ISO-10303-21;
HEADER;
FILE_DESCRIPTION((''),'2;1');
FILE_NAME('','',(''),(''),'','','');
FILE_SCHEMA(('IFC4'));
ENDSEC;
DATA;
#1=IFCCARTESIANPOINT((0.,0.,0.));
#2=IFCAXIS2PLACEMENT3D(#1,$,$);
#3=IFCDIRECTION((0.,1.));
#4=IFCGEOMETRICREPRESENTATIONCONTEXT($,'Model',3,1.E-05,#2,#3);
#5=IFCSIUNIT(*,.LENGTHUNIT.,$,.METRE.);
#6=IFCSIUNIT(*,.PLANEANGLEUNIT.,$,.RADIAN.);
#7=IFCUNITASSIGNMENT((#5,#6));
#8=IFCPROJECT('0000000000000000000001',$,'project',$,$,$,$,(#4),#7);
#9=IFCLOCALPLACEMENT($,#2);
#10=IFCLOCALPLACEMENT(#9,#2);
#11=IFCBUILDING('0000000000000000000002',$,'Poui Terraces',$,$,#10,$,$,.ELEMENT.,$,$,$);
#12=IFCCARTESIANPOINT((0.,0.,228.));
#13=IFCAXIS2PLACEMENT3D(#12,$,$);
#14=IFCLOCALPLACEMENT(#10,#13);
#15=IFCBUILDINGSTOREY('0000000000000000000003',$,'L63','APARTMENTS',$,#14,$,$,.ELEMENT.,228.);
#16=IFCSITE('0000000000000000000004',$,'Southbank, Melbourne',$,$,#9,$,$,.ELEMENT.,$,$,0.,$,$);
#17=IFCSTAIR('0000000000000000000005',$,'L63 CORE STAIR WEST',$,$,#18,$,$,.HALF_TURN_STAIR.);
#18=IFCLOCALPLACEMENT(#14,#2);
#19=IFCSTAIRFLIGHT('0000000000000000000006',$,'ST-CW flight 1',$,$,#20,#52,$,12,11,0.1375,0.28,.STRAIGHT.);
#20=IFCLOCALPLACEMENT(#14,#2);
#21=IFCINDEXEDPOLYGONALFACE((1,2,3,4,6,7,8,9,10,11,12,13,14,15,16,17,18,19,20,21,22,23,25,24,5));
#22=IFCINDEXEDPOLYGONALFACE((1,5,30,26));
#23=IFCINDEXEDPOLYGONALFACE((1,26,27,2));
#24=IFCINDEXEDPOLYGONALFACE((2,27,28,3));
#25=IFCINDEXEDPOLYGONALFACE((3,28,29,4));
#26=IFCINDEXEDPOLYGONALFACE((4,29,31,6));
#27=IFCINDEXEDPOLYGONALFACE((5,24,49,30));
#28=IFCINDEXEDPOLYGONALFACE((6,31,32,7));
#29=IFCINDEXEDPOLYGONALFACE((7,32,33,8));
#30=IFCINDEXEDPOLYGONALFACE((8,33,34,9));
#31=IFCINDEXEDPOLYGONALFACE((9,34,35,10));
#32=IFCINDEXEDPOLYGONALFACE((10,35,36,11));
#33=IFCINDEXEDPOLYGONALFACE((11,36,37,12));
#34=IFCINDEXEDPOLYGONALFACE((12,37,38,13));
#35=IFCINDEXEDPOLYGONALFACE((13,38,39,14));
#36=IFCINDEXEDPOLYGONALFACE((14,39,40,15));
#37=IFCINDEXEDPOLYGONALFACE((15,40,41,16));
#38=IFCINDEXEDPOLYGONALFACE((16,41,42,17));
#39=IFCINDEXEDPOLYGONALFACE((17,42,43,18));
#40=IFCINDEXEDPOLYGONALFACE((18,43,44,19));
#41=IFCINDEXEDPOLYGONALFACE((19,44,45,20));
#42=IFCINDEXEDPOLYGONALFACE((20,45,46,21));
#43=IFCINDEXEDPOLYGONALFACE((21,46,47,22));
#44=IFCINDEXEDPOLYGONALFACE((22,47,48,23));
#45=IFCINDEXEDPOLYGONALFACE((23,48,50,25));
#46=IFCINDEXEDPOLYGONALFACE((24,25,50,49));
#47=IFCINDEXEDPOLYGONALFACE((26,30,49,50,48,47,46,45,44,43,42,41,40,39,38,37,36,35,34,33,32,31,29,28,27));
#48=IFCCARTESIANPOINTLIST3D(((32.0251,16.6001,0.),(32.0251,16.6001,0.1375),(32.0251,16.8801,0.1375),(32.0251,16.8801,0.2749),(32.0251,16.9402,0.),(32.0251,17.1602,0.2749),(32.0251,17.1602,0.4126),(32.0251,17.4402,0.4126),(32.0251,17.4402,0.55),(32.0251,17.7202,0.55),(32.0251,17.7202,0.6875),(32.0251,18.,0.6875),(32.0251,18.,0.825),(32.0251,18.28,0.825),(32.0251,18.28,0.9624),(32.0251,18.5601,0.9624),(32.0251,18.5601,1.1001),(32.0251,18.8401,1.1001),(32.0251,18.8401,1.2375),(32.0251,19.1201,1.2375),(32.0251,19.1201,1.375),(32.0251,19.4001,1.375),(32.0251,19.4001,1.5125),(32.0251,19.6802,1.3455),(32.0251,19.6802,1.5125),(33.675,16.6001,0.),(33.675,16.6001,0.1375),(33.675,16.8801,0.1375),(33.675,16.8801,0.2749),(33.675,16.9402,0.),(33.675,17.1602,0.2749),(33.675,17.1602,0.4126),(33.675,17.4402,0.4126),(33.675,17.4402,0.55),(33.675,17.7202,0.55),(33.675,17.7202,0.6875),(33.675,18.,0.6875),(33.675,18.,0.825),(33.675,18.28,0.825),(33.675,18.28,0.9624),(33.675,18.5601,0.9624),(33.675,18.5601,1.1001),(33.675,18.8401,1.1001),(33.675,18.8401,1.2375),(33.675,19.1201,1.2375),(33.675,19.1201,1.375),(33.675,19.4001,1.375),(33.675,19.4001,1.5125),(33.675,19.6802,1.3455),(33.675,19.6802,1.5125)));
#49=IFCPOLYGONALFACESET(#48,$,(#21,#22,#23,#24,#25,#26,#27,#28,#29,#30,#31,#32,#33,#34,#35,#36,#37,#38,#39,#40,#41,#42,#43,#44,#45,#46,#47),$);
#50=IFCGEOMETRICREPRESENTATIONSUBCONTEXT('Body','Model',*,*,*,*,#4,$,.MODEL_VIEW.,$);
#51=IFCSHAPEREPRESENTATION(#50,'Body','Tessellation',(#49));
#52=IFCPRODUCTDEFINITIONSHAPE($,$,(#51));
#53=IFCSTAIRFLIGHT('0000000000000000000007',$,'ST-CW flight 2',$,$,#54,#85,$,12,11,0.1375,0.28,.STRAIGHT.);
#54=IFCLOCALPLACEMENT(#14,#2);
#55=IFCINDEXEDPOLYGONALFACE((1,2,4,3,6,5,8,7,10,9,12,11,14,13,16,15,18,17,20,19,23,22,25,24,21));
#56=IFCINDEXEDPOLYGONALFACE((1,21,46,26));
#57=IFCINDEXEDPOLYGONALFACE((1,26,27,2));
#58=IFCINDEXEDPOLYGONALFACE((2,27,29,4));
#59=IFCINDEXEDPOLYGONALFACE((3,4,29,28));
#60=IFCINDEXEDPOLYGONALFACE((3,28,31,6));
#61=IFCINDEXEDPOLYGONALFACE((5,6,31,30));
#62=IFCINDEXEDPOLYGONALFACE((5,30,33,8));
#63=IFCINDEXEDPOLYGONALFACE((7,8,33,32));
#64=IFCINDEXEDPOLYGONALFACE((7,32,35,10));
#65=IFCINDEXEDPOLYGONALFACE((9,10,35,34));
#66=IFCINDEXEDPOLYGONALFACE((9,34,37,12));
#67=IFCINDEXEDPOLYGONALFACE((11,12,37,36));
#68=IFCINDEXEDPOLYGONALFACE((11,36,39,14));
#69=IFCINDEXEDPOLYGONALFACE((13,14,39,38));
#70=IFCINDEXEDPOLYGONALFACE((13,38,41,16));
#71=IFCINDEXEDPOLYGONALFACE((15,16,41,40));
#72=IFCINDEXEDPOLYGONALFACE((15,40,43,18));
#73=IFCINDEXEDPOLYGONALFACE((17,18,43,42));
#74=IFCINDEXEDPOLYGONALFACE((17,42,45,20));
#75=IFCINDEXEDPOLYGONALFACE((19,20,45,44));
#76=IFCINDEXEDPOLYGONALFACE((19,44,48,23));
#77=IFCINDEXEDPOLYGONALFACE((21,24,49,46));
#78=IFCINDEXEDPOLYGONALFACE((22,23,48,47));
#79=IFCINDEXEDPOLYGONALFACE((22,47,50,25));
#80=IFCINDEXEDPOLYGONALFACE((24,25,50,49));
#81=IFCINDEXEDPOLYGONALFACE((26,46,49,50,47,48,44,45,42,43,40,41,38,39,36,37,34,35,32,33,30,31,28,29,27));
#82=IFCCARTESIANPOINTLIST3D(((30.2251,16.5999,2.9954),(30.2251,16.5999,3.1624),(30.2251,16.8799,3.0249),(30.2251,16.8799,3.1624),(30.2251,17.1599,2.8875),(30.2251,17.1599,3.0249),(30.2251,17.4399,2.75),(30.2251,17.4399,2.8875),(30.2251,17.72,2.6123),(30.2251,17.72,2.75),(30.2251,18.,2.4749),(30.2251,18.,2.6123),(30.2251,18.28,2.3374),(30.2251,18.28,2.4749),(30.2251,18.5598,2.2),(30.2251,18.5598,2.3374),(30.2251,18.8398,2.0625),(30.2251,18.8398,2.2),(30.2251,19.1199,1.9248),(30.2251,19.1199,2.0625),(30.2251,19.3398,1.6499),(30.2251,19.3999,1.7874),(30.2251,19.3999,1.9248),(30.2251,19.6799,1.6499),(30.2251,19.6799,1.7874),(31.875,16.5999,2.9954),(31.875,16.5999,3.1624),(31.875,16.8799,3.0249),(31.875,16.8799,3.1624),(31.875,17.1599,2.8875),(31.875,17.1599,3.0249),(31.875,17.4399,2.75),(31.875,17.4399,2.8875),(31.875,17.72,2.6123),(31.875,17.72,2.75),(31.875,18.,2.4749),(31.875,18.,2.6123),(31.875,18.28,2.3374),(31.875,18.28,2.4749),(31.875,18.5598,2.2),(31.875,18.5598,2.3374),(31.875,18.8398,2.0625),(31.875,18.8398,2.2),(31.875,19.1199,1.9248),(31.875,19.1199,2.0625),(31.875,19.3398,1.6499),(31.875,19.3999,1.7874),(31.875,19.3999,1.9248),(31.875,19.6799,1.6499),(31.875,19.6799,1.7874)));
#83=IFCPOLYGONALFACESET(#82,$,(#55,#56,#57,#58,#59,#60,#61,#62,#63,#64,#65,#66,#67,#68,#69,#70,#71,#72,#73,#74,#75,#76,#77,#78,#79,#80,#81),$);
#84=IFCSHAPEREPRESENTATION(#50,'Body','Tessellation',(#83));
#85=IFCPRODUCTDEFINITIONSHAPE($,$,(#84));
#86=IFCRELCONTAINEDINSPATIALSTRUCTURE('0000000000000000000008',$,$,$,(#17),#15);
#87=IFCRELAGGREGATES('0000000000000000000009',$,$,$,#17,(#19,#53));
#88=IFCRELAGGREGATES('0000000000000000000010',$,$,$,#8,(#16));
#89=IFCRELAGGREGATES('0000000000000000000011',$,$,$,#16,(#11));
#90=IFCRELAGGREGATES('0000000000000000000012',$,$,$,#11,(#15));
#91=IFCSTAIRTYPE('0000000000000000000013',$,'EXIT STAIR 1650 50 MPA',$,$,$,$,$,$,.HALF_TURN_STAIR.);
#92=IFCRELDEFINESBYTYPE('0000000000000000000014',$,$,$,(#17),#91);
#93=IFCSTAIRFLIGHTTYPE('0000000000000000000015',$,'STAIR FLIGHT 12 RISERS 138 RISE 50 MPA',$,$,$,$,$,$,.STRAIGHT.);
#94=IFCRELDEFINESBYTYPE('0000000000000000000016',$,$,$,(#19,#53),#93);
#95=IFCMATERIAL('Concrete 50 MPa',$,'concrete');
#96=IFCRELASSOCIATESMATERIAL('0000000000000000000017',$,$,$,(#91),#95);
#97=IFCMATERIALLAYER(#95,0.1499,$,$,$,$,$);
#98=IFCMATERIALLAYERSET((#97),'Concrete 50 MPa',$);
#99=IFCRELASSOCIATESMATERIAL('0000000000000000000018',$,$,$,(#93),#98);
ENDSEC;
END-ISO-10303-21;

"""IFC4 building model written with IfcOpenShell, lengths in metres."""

from ifc_helpers import new_model, si_unit, direction, frame, origin, place, context, subcontext, project, spatial, polyline, outline, extrude, material, layer, layer_set, type_object, element, aggregate, save


model = new_model("IFC4")

# Units and contexts
model_context = context("Model", 3, precision=1e-05, world=origin(), true_north=direction((0.0, 1.0)))
body_context = subcontext(model_context, "Body", "Model", "MODEL_VIEW")
ifc_project = project(units=[si_unit("LENGTHUNIT", "METRE"), si_unit("PLANEANGLEUNIT", "RADIAN")], contexts=[model_context])

# Site, building, storey
site_placement = place(None, origin())
site = spatial("IfcSite", under=ifc_project, at=site_placement, Name="Southbank, Melbourne", CompositionType="ELEMENT", RefElevation=0.0)
building_placement = place(site_placement, origin())
building = spatial("IfcBuilding", under=site, at=building_placement, Name="Poui Terraces", CompositionType="ELEMENT")
storey_placement = place(building_placement, frame((0.0, 0.0, 228.0)))
storey = spatial("IfcBuildingStorey", under=building, at=storey_placement, Name="L63", Description="APARTMENTS", CompositionType="ELEMENT", Elevation=228.0)

# Shared definitions
ifc_material_1 = material(Name="Concrete 50 MPa", Category="concrete")

# Stair, stair flights
stair_type = type_object("IfcStairType", Name="EXIT STAIR 1650 50 MPA", PredefinedType="HALF_TURN_STAIR", material=ifc_material_1)
stair_placement = place(storey_placement, origin())
stair = element("IfcStair", 1, at=stair_placement, inside=storey, type_object=stair_type, Name="L63 CORE STAIR WEST", PredefinedType="HALF_TURN_STAIR")
ifc_layer_1 = layer(ifc_material_1, 0.1499)
ifc_layer_set_1 = layer_set([ifc_layer_1], Name="Concrete 50 MPa")
stair_flight_type = type_object("IfcStairFlightType", Name="STAIR FLIGHT 12 RISERS 138 RISE 50 MPA", PredefinedType="STRAIGHT", material=ifc_layer_set_1)
stair_flight_1_placement = place(storey_placement, frame((32.8501, 16.6001, 0.0), z_axis=(0.0, 0.0, 1.0), x_axis=(0.0, 1.0, 0.0)))
stair_flight_1 = element("IfcStairFlight", 2, at=stair_flight_1_placement, type_object=stair_flight_type, Name="ST-CW flight 1", NumberOfRisers=12, NumberOfTreads=11, PredefinedType="STRAIGHT", RiserHeight=0.1375, TreadLength=0.28, context=body_context, shape_type="SweptSolid", body=[
    extrude(outline(polyline([(0.0, 0.0), (0.0, 0.1375), (0.28, 0.1375), (0.28, 0.2749), (0.5601, 0.2749), (0.5601, 0.4126), (0.8401, 0.4126), (0.8401, 0.55), (1.1201, 0.55), (1.1201, 0.6875), (1.3999, 0.6875), (1.3999, 0.825), (1.6799, 0.825), (1.6799, 0.9624), (1.96, 0.9624), (1.96, 1.1001), (2.24, 1.1001), (2.24, 1.2375), (2.52, 1.2375), (2.52, 1.375), (2.8, 1.375), (2.8, 1.5125), (3.0801, 1.5125), (3.0801, 1.6499), (3.0801, 1.3455), (0.3401, 0.0), (0.0, 0.0)])), frame((0.0, 0.825, 0.0), z_axis=(0.0, -1.0, 0.0), x_axis=(1.0, 0.0, 0.0)), (0.0, 0.0, 1.0), 1.6499),
])
stair_flight_2_placement = place(storey_placement, frame((31.05, 19.6799, 1.6499), z_axis=(0.0, 0.0, 1.0), x_axis=(0.0, -1.0, 0.0)))
stair_flight_2 = element("IfcStairFlight", 3, at=stair_flight_2_placement, type_object=stair_flight_type, Name="ST-CW flight 2", NumberOfRisers=12, NumberOfTreads=11, PredefinedType="STRAIGHT", RiserHeight=0.1375, TreadLength=0.28, context=body_context, shape_type="SweptSolid", body=[
    extrude(outline(polyline([(0.0, 0.0), (0.0, 0.1375), (0.28, 0.1375), (0.28, 0.2749), (0.5601, 0.2749), (0.5601, 0.4126), (0.8401, 0.4126), (0.8401, 0.55), (1.1201, 0.55), (1.1201, 0.6875), (1.3999, 0.6875), (1.3999, 0.825), (1.6799, 0.825), (1.6799, 0.9624), (1.96, 0.9624), (1.96, 1.1001), (2.24, 1.1001), (2.24, 1.2375), (2.52, 1.2375), (2.52, 1.375), (2.8, 1.375), (2.8, 1.5125), (3.0801, 1.5125), (3.0801, 1.6499), (3.0801, 1.3455), (0.3401, 0.0), (0.0, 0.0)])), frame((0.0, 0.825, 0.0), z_axis=(0.0, -1.0, 0.0), x_axis=(1.0, 0.0, 0.0)), (0.0, 0.0, 1.0), 1.6499),
])
aggregate(stair, [stair_flight_1, stair_flight_2])

save(model, "model.ifc")
